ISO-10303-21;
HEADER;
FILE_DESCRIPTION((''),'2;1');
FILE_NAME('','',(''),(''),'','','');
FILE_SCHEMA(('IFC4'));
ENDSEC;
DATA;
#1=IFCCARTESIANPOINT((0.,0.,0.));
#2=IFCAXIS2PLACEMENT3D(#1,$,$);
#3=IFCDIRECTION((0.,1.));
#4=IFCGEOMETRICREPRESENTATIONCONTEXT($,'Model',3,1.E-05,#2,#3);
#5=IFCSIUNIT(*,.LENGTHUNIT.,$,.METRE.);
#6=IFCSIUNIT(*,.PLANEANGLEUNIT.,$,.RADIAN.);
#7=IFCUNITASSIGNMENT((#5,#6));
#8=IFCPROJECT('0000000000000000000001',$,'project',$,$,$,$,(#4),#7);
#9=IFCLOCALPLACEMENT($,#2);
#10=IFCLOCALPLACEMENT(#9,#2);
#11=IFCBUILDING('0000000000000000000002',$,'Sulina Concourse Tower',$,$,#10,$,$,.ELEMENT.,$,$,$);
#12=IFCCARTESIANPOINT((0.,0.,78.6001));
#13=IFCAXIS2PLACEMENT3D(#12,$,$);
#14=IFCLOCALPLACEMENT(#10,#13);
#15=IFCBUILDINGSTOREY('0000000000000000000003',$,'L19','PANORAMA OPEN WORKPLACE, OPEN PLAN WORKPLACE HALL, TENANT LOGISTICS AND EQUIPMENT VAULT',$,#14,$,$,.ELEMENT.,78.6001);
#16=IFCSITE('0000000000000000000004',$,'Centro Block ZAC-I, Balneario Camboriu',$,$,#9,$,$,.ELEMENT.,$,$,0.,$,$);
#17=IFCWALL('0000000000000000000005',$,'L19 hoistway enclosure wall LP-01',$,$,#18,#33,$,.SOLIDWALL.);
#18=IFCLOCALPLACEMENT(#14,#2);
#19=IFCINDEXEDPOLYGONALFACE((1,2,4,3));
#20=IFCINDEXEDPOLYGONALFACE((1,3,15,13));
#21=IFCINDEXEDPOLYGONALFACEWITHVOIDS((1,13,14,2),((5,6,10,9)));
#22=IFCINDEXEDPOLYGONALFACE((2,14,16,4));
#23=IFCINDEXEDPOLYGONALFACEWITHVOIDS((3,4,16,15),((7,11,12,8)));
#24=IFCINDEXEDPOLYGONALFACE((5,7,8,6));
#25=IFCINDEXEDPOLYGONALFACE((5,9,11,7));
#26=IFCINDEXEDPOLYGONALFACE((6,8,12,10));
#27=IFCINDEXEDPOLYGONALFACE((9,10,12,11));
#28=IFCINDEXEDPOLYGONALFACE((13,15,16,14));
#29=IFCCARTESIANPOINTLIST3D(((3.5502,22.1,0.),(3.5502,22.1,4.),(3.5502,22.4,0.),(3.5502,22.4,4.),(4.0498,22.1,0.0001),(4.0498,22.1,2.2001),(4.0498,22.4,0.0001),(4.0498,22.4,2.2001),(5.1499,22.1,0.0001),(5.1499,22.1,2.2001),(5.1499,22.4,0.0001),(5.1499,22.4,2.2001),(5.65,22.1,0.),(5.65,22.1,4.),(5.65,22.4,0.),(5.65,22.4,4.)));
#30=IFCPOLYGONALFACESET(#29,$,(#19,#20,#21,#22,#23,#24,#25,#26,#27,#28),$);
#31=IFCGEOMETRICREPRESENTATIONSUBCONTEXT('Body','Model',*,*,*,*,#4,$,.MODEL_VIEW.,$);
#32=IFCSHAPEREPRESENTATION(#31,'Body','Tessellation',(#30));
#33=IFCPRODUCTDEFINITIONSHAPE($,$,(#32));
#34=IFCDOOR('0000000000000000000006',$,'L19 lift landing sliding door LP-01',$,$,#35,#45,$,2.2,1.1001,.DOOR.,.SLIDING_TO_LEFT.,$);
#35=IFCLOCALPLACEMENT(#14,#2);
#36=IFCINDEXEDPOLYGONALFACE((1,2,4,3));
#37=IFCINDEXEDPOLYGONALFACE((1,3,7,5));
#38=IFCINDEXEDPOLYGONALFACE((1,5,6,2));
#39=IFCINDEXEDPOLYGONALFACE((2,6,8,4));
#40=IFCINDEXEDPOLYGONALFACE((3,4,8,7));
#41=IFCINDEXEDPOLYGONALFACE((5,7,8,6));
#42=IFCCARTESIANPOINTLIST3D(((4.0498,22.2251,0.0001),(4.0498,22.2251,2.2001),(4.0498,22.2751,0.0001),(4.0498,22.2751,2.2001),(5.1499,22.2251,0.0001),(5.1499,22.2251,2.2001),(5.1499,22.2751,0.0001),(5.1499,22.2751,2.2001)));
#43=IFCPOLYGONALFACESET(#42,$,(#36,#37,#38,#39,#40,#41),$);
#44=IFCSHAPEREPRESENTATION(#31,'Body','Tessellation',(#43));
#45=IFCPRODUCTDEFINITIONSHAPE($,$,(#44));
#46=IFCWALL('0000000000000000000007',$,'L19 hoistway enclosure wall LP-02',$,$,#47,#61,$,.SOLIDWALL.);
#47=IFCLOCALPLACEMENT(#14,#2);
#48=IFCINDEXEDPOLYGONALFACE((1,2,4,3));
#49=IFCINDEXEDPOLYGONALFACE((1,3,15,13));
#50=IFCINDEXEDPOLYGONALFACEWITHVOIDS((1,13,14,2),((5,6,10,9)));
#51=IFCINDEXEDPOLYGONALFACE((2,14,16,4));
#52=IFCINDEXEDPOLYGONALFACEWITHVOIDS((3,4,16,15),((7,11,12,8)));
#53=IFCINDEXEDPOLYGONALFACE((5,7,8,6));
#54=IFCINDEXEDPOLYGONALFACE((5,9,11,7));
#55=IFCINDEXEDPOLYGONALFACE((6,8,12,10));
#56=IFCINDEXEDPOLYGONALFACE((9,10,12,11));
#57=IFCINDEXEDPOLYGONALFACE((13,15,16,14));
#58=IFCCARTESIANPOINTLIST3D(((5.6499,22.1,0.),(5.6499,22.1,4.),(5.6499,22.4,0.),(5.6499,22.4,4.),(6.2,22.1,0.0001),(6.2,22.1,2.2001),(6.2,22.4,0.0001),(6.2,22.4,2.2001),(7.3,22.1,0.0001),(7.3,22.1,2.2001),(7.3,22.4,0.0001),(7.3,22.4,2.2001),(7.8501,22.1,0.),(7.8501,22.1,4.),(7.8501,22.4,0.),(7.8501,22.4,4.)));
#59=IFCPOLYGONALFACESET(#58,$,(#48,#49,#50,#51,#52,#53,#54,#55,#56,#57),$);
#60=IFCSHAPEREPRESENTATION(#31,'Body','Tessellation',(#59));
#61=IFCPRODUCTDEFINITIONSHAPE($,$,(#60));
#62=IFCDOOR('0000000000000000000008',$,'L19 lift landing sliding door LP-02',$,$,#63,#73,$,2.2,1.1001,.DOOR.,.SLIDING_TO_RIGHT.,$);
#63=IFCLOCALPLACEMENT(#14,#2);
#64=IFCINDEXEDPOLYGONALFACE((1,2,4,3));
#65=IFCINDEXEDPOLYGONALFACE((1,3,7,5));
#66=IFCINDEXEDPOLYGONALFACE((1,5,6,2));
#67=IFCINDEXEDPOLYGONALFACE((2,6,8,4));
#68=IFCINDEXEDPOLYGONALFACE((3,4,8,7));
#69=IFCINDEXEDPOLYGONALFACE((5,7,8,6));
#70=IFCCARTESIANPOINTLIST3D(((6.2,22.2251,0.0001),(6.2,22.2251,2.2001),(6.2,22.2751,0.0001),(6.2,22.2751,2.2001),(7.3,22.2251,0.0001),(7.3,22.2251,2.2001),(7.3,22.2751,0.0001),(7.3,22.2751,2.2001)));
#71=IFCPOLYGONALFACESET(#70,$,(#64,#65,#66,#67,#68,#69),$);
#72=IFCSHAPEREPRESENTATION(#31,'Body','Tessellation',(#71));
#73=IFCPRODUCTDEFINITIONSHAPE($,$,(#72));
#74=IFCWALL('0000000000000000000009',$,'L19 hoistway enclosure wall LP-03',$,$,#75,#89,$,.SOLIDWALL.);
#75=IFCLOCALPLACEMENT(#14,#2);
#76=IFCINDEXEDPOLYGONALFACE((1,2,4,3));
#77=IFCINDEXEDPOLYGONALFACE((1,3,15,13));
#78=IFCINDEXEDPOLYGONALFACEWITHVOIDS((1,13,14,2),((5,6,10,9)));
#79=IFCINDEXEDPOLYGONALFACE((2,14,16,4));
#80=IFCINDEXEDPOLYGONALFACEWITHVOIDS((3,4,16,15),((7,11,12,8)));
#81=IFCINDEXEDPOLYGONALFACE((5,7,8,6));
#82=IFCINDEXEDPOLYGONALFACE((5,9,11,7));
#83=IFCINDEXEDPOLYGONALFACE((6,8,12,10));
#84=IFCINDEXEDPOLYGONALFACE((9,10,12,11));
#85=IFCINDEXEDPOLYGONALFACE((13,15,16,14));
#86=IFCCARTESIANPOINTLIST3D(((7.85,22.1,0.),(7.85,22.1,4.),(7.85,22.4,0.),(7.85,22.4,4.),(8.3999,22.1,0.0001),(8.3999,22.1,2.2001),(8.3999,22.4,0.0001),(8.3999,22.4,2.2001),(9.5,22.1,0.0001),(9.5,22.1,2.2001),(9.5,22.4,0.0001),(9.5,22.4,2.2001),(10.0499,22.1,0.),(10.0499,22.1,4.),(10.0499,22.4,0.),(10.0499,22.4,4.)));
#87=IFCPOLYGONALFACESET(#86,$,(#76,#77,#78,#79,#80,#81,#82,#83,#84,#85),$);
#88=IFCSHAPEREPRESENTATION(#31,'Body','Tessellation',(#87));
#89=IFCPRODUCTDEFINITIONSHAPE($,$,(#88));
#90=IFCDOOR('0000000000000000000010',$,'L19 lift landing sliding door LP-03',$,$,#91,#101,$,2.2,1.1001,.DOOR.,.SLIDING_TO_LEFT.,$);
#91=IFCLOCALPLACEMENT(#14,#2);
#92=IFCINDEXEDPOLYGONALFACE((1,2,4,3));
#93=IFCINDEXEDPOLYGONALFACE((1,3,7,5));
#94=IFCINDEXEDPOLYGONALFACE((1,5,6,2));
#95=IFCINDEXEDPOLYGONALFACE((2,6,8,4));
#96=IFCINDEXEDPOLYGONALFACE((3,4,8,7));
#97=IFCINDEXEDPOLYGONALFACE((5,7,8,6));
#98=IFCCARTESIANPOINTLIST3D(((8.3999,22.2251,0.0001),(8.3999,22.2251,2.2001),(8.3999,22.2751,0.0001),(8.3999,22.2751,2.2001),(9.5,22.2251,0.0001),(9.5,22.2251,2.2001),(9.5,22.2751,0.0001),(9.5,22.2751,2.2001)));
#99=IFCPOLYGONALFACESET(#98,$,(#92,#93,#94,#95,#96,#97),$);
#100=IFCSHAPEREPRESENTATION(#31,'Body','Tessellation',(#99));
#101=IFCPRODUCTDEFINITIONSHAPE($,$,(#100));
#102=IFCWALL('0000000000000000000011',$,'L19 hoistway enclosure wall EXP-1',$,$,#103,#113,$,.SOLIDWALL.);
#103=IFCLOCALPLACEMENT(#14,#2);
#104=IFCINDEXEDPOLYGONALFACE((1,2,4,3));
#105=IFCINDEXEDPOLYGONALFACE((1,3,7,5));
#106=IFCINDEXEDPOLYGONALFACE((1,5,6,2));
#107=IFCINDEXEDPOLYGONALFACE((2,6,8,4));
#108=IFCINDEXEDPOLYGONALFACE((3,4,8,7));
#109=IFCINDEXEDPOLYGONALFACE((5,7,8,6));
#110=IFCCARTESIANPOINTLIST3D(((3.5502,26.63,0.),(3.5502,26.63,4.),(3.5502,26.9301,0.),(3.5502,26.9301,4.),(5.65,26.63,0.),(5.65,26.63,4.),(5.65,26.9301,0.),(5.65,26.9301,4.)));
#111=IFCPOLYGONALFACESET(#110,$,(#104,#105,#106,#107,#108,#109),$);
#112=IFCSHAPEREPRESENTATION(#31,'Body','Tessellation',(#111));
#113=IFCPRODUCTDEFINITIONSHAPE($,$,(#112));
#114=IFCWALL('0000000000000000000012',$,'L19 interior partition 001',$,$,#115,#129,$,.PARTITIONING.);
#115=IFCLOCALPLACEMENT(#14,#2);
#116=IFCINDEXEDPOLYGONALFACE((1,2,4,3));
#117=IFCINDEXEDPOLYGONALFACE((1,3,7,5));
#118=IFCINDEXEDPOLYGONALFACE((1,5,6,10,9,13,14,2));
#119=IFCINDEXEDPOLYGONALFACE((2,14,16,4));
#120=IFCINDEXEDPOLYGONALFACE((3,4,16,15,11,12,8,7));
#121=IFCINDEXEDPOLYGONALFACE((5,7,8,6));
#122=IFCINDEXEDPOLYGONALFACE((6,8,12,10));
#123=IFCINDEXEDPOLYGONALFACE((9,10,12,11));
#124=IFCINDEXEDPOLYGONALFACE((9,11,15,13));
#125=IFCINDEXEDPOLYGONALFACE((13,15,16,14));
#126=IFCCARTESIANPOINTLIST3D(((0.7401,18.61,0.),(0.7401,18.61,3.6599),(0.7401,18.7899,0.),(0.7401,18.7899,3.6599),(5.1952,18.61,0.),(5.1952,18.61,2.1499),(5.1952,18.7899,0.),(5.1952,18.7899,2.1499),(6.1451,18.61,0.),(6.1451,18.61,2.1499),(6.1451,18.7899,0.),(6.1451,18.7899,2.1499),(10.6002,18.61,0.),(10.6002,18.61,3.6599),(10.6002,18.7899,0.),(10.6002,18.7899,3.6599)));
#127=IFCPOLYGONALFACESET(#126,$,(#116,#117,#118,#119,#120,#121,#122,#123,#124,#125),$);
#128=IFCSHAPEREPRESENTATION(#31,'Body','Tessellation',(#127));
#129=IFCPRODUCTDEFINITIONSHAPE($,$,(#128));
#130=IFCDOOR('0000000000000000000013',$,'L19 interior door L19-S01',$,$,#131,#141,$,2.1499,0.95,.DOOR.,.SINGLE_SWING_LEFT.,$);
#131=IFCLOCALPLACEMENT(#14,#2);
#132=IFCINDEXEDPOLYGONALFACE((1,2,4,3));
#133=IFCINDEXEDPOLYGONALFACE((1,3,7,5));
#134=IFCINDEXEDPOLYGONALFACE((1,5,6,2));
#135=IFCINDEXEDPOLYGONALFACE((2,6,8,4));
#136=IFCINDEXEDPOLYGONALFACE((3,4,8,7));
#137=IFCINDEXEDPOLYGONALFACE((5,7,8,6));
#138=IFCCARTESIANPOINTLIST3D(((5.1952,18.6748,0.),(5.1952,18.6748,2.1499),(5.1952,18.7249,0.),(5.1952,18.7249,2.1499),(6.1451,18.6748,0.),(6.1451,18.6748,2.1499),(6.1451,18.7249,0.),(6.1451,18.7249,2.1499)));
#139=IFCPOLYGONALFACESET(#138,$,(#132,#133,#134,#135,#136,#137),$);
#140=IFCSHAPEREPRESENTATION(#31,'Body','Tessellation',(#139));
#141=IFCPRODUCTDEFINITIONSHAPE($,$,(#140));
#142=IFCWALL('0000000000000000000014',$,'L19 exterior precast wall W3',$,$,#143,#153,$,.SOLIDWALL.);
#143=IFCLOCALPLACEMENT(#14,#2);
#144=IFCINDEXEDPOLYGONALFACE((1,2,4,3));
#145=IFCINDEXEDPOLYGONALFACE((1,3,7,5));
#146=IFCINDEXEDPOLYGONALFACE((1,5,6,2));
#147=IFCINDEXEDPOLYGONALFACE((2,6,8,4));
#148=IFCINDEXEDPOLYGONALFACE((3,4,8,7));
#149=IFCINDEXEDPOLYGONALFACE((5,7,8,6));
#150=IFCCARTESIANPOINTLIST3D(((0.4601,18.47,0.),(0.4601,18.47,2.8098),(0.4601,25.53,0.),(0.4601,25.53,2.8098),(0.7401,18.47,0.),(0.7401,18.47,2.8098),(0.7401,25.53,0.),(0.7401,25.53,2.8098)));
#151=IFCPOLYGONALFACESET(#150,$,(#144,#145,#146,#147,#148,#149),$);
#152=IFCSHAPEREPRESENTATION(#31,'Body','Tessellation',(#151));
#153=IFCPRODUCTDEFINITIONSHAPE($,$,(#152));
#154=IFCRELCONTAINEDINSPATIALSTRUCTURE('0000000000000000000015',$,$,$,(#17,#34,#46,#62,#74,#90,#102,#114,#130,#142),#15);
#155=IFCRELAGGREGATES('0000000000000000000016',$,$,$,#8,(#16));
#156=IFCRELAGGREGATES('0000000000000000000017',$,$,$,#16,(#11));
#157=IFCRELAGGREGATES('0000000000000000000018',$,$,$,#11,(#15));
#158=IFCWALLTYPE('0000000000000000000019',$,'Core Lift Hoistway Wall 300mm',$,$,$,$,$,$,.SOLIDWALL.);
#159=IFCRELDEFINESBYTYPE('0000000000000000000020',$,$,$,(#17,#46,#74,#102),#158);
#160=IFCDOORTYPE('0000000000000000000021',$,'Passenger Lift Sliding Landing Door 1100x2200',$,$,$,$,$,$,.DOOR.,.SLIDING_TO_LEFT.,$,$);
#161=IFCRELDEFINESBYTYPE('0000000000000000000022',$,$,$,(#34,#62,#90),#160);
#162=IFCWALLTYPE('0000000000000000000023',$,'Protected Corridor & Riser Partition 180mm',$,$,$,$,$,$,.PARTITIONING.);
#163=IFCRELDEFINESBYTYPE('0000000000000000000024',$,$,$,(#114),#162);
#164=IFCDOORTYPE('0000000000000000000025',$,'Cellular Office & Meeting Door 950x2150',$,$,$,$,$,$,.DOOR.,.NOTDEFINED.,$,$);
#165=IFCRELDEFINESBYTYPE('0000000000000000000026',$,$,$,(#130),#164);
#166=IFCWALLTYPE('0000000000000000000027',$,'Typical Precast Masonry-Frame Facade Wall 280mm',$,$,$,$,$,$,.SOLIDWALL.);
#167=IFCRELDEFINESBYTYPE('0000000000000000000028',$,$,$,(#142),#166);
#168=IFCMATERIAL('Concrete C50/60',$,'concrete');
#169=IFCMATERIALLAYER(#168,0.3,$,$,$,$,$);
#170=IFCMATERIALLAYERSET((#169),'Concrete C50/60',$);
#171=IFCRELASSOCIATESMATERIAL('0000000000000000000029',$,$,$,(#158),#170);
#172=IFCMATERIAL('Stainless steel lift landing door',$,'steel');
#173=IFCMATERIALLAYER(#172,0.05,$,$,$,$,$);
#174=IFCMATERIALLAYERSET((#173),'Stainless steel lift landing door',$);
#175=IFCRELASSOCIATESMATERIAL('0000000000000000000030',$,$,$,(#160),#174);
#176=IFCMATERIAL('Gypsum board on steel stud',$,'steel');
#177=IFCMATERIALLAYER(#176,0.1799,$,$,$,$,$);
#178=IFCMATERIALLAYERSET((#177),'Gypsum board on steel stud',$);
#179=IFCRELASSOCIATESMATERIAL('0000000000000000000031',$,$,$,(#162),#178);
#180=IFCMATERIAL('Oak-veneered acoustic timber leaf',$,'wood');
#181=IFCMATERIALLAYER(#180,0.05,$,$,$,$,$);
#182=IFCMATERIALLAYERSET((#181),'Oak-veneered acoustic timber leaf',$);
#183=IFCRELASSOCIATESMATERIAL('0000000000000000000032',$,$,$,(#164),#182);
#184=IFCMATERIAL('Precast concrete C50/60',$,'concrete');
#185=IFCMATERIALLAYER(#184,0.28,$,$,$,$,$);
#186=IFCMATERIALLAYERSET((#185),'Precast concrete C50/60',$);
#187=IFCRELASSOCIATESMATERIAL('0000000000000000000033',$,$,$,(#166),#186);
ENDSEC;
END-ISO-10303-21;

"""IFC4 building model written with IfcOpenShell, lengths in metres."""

from ifc_helpers import new_model, si_unit, direction, frame, frame_2d, origin, place, context, subcontext, project, spatial, rectangle, extrude, material, layer, layer_set, type_object, element, fill, save


model = new_model("IFC4")

# Units and contexts
model_context = context("Model", 3, precision=1e-05, world=origin(), true_north=direction((0.0, 1.0)))
body_context = subcontext(model_context, "Body", "Model", "MODEL_VIEW")
ifc_project = project(units=[si_unit("LENGTHUNIT", "METRE"), si_unit("PLANEANGLEUNIT", "RADIAN")], contexts=[model_context])

# Site, building, storey
site_placement = place(None, origin())
site = spatial("IfcSite", under=ifc_project, at=site_placement, Name="Centro Block ZAC-I, Balneario Camboriu", CompositionType="ELEMENT", RefElevation=0.0)
building_placement = place(site_placement, origin())
building = spatial("IfcBuilding", under=site, at=building_placement, Name="Sulina Concourse Tower", CompositionType="ELEMENT")
storey_placement = place(building_placement, frame((0.0, 0.0, 78.6001)))
storey = spatial("IfcBuildingStorey", under=building, at=storey_placement, Name="L19", Description="PANORAMA OPEN WORKPLACE, OPEN PLAN WORKPLACE HALL, TENANT LOGISTICS AND EQUIPMENT VAULT", CompositionType="ELEMENT", Elevation=78.6001)

# Walls, openings, doors
ifc_material_1 = material(Name="Concrete C50/60", Category="concrete")
ifc_layer_1 = layer(ifc_material_1, 0.3)
ifc_layer_set_1 = layer_set([ifc_layer_1], Name="Concrete C50/60")
wall_type_1 = type_object("IfcWallType", Name="Core Lift Hoistway Wall 300mm", PredefinedType="SOLIDWALL", material=ifc_layer_set_1)
wall_1_placement = place(storey_placement, frame((5.6499, 22.25, 0.0), z_axis=(0.0, 0.0, 1.0), x_axis=(-1.0, 0.0, 0.0)))
wall_1 = element("IfcWall", 1, at=wall_1_placement, inside=storey, type_object=wall_type_1, Name="L19 hoistway enclosure wall LP-01", PredefinedType="SOLIDWALL", context=body_context, shape_type="SweptSolid", body=[
    extrude(rectangle(XDim=2.0999, YDim=0.3, at=frame_2d((1.0498, 0.0))), origin(), (0.0, 0.0, 1.0), 4.0),
])
opening_1_placement = place(wall_1_placement, frame((0.5, 0.0, 0.0)))
opening_1 = element("IfcOpeningElement", 2, at=opening_1_placement, cuts=wall_1, PredefinedType="OPENING", context=body_context, shape_type="SweptSolid", body=[
    extrude(rectangle(XDim=1.1001, YDim=2.2, at=frame_2d((0.55, 1.1001))), frame((0.0, 0.1599, 0.0), z_axis=(0.0, -1.0, 0.0), x_axis=(1.0, 0.0, 0.0)), (0.0, 0.0, 1.0), 0.3201),
])
ifc_material_2 = material(Name="Stainless steel lift landing door", Category="steel")
ifc_layer_2 = layer(ifc_material_2, 0.05)
ifc_layer_set_2 = layer_set([ifc_layer_2], Name="Stainless steel lift landing door")
door_type_1 = type_object("IfcDoorType", Name="Passenger Lift Sliding Landing Door 1100x2200", OperationType="SLIDING_TO_LEFT", PredefinedType="DOOR", material=ifc_layer_set_2)
door_1_placement = place(opening_1_placement, origin())
door_1 = element("IfcDoor", 3, at=door_1_placement, inside=storey, type_object=door_type_1, Name="L19 lift landing sliding door LP-01", OperationType="SLIDING_TO_LEFT", OverallHeight=2.2, OverallWidth=1.1001, PredefinedType="DOOR", context=body_context, shape_type="SweptSolid", body=[
    extrude(rectangle(XDim=1.1001, YDim=2.2, at=frame_2d((0.55, 1.1001))), frame((0.0, 0.0249, 0.0), z_axis=(0.0, -1.0, 0.0), x_axis=(1.0, 0.0, 0.0)), (0.0, 0.0, 1.0), 0.05),
])
fill(opening_1, door_1)
wall_2_placement = place(storey_placement, frame((7.8501, 22.25, 0.0), z_axis=(0.0, 0.0, 1.0), x_axis=(-1.0, 0.0, 0.0)))
wall_2 = element("IfcWall", 4, at=wall_2_placement, inside=storey, type_object=wall_type_1, Name="L19 hoistway enclosure wall LP-02", PredefinedType="SOLIDWALL", context=body_context, shape_type="SweptSolid", body=[
    extrude(rectangle(XDim=2.2002, YDim=0.3, at=frame_2d((1.1001, 0.0))), origin(), (0.0, 0.0, 1.0), 4.0),
])
opening_2_placement = place(wall_2_placement, frame((0.55, 0.0, 0.0)))
opening_2 = element("IfcOpeningElement", 5, at=opening_2_placement, cuts=wall_2, PredefinedType="OPENING", context=body_context, shape_type="SweptSolid", body=[
    extrude(rectangle(XDim=1.1001, YDim=2.2, at=frame_2d((0.55, 1.1001))), frame((0.0, 0.1599, 0.0), z_axis=(0.0, -1.0, 0.0), x_axis=(1.0, 0.0, 0.0)), (0.0, 0.0, 1.0), 0.3201),
])
door_2_placement = place(opening_2_placement, origin())
door_2 = element("IfcDoor", 6, at=door_2_placement, inside=storey, type_object=door_type_1, Name="L19 lift landing sliding door LP-02", OperationType="SLIDING_TO_RIGHT", OverallHeight=2.2, OverallWidth=1.1001, PredefinedType="DOOR", context=body_context, shape_type="SweptSolid", body=[
    extrude(rectangle(XDim=1.1001, YDim=2.2, at=frame_2d((0.55, 1.1001))), frame((0.0, 0.0249, 0.0), z_axis=(0.0, -1.0, 0.0), x_axis=(1.0, 0.0, 0.0)), (0.0, 0.0, 1.0), 0.05),
])
fill(opening_2, door_2)
wall_3_placement = place(storey_placement, frame((10.05, 22.25, 0.0), z_axis=(0.0, 0.0, 1.0), x_axis=(-1.0, 0.0, 0.0)))
wall_3 = element("IfcWall", 7, at=wall_3_placement, inside=storey, type_object=wall_type_1, Name="L19 hoistway enclosure wall LP-03", PredefinedType="SOLIDWALL", context=body_context, shape_type="SweptSolid", body=[
    extrude(rectangle(XDim=2.2, YDim=0.3, at=frame_2d((1.1001, 0.0))), origin(), (0.0, 0.0, 1.0), 4.0),
])
opening_3_placement = place(wall_3_placement, frame((0.55, 0.0, 0.0)))
opening_3 = element("IfcOpeningElement", 8, at=opening_3_placement, cuts=wall_3, PredefinedType="OPENING", context=body_context, shape_type="SweptSolid", body=[
    extrude(rectangle(XDim=1.1001, YDim=2.2, at=frame_2d((0.55, 1.1001))), frame((0.0, 0.1599, 0.0), z_axis=(0.0, -1.0, 0.0), x_axis=(1.0, 0.0, 0.0)), (0.0, 0.0, 1.0), 0.3201),
])
door_3_placement = place(opening_3_placement, origin())
door_3 = element("IfcDoor", 9, at=door_3_placement, inside=storey, type_object=door_type_1, Name="L19 lift landing sliding door LP-03", OperationType="SLIDING_TO_LEFT", OverallHeight=2.2, OverallWidth=1.1001, PredefinedType="DOOR", context=body_context, shape_type="SweptSolid", body=[
    extrude(rectangle(XDim=1.1001, YDim=2.2, at=frame_2d((0.55, 1.1001))), frame((0.0, 0.0249, 0.0), z_axis=(0.0, -1.0, 0.0), x_axis=(1.0, 0.0, 0.0)), (0.0, 0.0, 1.0), 0.05),
])
fill(opening_3, door_3)

# Wall
wall_4_placement = place(storey_placement, frame((5.6499, 26.78, 0.0), z_axis=(0.0, 0.0, 1.0), x_axis=(-1.0, 0.0, 0.0)))
element("IfcWall", 10, at=wall_4_placement, inside=storey, type_object=wall_type_1, Name="L19 hoistway enclosure wall EXP-1", PredefinedType="SOLIDWALL", context=body_context, shape_type="SweptSolid", body=[
    extrude(rectangle(XDim=2.0999, YDim=0.3, at=frame_2d((1.0498, 0.0))), origin(), (0.0, 0.0, 1.0), 4.0),
])

# Wall, opening, door
ifc_material_3 = material(Name="Gypsum board on steel stud", Category="steel")
ifc_layer_3 = layer(ifc_material_3, 0.1799)
ifc_layer_set_3 = layer_set([ifc_layer_3], Name="Gypsum board on steel stud")
wall_type_2 = type_object("IfcWallType", Name="Protected Corridor & Riser Partition 180mm", PredefinedType="PARTITIONING", material=ifc_layer_set_3)
wall_5_placement = place(storey_placement, frame((0.74, 18.7, 0.0), z_axis=(0.0, 0.0, 1.0), x_axis=(1.0, 0.0, 0.0)))
wall_5 = element("IfcWall", 11, at=wall_5_placement, inside=storey, type_object=wall_type_2, Name="L19 interior partition 001", PredefinedType="PARTITIONING", context=body_context, shape_type="SweptSolid", body=[
    extrude(rectangle(XDim=9.8601, YDim=0.1799, at=frame_2d((4.9302, 0.0))), origin(), (0.0, 0.0, 1.0), 3.6599),
])
opening_4_placement = place(wall_5_placement, frame((4.4551, 0.0, 0.0)))
opening_4 = element("IfcOpeningElement", 12, at=opening_4_placement, cuts=wall_5, PredefinedType="OPENING", context=body_context, shape_type="SweptSolid", body=[
    extrude(rectangle(XDim=0.95, YDim=2.1499, at=frame_2d((0.4751, 1.075))), frame((0.0, 0.0999, 0.0), z_axis=(0.0, -1.0, 0.0), x_axis=(1.0, 0.0, 0.0)), (0.0, 0.0, 1.0), 0.2),
])
ifc_material_4 = material(Name="Oak-veneered acoustic timber leaf", Category="wood")
ifc_layer_4 = layer(ifc_material_4, 0.05)
ifc_layer_set_4 = layer_set([ifc_layer_4], Name="Oak-veneered acoustic timber leaf")
door_type_2 = type_object("IfcDoorType", Name="Cellular Office & Meeting Door 950x2150", OperationType="NOTDEFINED", PredefinedType="DOOR", material=ifc_layer_set_4)
door_4_placement = place(opening_4_placement, origin())
door_4 = element("IfcDoor", 13, at=door_4_placement, inside=storey, type_object=door_type_2, Name="L19 interior door L19-S01", OperationType="SINGLE_SWING_LEFT", OverallHeight=2.1499, OverallWidth=0.95, PredefinedType="DOOR", context=body_context, shape_type="SweptSolid", body=[
    extrude(rectangle(XDim=0.95, YDim=2.1499, at=frame_2d((0.4751, 1.075))), frame((0.0, 0.0249, 0.0), z_axis=(0.0, -1.0, 0.0), x_axis=(1.0, 0.0, 0.0)), (0.0, 0.0, 1.0), 0.05),
])
fill(opening_4, door_4)

# Wall
ifc_material_5 = material(Name="Precast concrete C50/60", Category="concrete")
ifc_layer_5 = layer(ifc_material_5, 0.28)
ifc_layer_set_5 = layer_set([ifc_layer_5], Name="Precast concrete C50/60")
wall_type_3 = type_object("IfcWallType", Name="Typical Precast Masonry-Frame Facade Wall 280mm", PredefinedType="SOLIDWALL", material=ifc_layer_set_5)
wall_6_placement = place(storey_placement, frame((0.6001, 18.47, 0.0), z_axis=(0.0, 0.0, 1.0), x_axis=(0.0, 1.0, 0.0)))
element("IfcWall", 14, at=wall_6_placement, inside=storey, type_object=wall_type_3, Name="L19 exterior precast wall W3", PredefinedType="SOLIDWALL", context=body_context, shape_type="SweptSolid", body=[
    extrude(rectangle(XDim=7.0601, YDim=0.28, at=frame_2d((3.53, 0.0))), origin(), (0.0, 0.0, 1.0), 2.8098),
])

save(model, "model.ifc")
